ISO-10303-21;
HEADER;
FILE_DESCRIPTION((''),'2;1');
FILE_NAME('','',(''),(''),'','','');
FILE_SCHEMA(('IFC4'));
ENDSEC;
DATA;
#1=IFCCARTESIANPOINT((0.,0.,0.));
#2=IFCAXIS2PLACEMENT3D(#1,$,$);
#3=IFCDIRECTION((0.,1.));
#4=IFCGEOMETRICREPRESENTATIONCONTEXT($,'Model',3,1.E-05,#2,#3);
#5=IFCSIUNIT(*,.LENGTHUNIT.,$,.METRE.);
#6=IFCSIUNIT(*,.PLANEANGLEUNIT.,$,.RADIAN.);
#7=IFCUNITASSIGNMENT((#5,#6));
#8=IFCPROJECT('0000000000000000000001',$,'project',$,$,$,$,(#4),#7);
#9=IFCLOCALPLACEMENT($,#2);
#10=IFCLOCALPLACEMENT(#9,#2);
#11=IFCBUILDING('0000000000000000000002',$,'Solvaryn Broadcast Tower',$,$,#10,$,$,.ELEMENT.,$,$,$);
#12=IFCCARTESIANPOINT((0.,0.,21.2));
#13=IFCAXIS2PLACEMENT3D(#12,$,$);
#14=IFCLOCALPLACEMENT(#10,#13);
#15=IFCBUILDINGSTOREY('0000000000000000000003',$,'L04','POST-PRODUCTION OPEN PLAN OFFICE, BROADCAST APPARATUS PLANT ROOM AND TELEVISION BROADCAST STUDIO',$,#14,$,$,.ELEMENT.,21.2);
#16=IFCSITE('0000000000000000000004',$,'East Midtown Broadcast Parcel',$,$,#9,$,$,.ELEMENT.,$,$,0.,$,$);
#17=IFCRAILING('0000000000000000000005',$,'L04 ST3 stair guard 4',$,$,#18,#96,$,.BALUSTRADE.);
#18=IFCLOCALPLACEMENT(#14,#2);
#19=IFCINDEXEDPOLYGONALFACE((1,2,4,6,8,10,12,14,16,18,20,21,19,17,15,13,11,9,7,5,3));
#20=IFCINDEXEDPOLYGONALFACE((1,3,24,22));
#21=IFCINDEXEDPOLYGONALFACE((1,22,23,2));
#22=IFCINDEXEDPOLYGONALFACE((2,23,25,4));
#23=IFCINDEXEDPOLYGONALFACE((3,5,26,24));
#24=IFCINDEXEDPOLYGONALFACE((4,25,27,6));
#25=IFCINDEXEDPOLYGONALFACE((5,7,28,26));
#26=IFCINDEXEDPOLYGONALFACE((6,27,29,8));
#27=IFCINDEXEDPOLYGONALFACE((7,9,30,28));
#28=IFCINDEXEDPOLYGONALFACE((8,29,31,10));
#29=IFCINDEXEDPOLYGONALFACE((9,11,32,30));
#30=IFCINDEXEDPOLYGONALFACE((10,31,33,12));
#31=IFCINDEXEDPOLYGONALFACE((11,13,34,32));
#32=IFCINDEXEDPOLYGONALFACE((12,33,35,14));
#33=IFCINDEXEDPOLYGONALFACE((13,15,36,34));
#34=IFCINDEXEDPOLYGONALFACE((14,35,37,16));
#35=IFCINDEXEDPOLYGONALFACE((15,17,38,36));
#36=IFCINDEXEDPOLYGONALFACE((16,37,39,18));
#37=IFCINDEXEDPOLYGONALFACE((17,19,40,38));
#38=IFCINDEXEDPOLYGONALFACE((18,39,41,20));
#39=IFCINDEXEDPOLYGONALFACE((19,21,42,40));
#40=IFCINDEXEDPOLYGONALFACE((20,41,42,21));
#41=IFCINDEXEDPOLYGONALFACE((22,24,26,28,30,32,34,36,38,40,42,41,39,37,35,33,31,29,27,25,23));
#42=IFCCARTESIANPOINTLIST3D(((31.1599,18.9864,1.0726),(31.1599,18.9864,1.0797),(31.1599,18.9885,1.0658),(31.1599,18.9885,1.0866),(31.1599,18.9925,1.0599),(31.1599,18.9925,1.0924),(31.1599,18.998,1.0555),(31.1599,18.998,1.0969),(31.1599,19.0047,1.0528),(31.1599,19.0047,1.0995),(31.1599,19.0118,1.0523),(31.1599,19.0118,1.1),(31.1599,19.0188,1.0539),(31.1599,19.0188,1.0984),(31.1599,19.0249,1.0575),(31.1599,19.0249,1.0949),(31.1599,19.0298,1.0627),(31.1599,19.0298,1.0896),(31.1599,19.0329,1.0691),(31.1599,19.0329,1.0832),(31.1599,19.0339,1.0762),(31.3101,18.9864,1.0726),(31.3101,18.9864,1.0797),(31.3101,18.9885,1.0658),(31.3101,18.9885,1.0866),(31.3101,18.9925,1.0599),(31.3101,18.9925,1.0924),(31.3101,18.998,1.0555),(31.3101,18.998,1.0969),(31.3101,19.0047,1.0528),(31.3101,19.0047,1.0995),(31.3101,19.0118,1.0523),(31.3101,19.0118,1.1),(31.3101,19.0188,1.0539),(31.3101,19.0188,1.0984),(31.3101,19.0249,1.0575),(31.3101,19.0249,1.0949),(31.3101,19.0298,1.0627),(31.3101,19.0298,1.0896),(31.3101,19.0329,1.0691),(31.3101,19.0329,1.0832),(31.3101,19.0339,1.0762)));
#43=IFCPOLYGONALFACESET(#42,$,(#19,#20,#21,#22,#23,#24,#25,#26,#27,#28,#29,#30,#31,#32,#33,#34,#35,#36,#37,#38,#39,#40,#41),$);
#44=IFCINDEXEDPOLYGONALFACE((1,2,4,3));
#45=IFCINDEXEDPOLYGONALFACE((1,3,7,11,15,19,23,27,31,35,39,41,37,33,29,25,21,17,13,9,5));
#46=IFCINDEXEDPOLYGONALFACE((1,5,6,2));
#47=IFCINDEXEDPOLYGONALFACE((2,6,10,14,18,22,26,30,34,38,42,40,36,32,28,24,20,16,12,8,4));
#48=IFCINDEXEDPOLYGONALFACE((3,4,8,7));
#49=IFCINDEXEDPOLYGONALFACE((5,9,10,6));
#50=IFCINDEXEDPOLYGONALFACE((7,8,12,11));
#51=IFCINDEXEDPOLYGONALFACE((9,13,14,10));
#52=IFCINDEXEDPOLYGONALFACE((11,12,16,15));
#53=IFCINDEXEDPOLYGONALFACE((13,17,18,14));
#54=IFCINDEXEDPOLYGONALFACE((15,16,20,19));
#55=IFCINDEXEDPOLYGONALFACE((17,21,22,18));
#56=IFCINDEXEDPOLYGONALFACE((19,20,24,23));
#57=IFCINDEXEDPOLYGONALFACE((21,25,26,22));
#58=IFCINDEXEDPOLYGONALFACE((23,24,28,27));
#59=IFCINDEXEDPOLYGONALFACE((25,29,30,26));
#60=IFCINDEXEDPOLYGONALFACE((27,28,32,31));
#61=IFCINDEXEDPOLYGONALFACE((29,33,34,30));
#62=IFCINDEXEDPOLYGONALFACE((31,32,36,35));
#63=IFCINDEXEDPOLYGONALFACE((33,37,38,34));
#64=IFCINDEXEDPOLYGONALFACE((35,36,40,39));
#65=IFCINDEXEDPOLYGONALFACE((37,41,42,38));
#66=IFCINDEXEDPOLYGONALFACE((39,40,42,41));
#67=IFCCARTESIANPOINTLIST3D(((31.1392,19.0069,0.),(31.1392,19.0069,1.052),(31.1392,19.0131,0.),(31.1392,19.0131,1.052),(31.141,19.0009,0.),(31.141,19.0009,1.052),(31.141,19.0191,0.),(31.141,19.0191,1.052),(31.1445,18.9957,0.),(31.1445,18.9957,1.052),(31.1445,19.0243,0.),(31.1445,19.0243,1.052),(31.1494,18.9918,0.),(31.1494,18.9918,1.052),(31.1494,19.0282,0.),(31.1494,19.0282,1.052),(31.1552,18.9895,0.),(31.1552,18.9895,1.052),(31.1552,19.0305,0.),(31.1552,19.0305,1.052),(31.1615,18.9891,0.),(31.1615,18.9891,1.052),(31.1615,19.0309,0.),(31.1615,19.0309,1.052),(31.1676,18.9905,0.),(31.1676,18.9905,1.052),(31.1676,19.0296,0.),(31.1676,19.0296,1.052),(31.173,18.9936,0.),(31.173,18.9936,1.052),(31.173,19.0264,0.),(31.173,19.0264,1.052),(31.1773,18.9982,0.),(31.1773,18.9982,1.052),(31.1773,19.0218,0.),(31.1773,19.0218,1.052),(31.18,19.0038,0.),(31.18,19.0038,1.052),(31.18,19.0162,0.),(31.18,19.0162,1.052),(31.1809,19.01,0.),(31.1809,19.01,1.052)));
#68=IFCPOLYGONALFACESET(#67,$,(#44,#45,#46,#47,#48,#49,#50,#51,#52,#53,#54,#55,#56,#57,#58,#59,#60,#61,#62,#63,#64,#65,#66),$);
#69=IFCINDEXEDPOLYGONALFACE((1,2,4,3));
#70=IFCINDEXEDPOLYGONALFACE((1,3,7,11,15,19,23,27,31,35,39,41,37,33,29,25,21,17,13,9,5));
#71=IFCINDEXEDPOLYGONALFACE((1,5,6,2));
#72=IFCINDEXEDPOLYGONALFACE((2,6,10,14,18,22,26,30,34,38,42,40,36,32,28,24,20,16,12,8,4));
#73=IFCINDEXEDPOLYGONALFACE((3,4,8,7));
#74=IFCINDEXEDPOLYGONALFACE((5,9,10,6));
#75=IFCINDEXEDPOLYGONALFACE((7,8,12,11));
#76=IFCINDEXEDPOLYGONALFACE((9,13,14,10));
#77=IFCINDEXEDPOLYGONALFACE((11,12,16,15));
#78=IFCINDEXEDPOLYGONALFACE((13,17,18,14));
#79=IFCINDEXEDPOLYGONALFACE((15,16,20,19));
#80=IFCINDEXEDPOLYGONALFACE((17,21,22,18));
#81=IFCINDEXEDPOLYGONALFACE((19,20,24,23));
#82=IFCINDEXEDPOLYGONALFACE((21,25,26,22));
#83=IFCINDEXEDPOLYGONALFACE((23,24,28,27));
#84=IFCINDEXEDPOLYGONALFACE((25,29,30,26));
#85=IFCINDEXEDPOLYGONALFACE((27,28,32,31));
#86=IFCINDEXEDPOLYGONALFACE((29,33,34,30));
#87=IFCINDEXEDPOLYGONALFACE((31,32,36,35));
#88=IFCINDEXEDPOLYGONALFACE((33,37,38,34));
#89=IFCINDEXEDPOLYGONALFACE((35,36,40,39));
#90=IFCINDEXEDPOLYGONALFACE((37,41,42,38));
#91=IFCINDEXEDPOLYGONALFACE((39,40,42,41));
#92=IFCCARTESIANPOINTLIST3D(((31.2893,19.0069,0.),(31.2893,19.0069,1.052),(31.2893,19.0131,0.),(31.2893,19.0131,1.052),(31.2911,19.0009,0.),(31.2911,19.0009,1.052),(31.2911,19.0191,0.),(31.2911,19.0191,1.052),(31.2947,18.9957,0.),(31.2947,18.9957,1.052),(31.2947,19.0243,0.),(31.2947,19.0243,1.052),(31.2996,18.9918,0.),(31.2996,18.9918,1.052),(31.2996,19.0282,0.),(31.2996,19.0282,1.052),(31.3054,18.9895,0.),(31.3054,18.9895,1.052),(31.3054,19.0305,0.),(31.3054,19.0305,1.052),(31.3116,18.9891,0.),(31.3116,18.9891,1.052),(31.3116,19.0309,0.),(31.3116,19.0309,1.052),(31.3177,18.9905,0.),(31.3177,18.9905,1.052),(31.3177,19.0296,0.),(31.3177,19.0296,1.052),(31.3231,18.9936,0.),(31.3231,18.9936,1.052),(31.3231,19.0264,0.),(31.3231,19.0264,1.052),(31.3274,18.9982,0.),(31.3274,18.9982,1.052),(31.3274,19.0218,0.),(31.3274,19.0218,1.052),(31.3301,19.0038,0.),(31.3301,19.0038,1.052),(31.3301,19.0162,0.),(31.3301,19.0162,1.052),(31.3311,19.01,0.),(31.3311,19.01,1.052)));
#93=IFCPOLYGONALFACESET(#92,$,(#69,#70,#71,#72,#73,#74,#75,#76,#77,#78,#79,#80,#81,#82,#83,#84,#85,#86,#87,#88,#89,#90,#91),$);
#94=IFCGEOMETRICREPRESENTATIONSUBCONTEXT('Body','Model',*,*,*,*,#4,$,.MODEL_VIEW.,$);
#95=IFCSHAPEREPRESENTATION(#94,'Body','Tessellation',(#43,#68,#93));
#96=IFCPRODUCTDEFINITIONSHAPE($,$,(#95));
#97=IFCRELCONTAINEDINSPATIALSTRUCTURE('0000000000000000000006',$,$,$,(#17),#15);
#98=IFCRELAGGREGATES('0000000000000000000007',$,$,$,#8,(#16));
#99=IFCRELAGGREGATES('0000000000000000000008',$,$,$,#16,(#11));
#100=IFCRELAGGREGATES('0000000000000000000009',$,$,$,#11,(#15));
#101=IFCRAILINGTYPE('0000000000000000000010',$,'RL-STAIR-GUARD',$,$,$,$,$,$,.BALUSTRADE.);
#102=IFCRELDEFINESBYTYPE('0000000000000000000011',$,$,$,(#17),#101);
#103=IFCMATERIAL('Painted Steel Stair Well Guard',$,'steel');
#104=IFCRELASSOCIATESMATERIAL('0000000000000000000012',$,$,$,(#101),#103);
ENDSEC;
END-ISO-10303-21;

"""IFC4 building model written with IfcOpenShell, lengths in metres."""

from ifc_helpers import new_model, si_unit, direction, frame, origin, origin_2d, place, context, subcontext, project, spatial, circle, extrude, material, type_object, element, save


model = new_model("IFC4")

# Units and contexts
model_context = context("Model", 3, precision=1e-05, world=origin(), true_north=direction((0.0, 1.0)))
body_context = subcontext(model_context, "Body", "Model", "MODEL_VIEW")
ifc_project = project(units=[si_unit("LENGTHUNIT", "METRE"), si_unit("PLANEANGLEUNIT", "RADIAN")], contexts=[model_context])

# Site, building, storey
site_placement = place(None, origin())
site = spatial("IfcSite", under=ifc_project, at=site_placement, Name="East Midtown Broadcast Parcel", CompositionType="ELEMENT", RefElevation=0.0)
building_placement = place(site_placement, origin())
building = spatial("IfcBuilding", under=site, at=building_placement, Name="Solvaryn Broadcast Tower", CompositionType="ELEMENT")
storey_placement = place(building_placement, frame((0.0, 0.0, 21.2)))
storey = spatial("IfcBuildingStorey", under=building, at=storey_placement, Name="L04", Description="POST-PRODUCTION OPEN PLAN OFFICE, BROADCAST APPARATUS PLANT ROOM AND TELEVISION BROADCAST STUDIO", CompositionType="ELEMENT", Elevation=21.2)

# Railing
ifc_material_1 = material(Name="Painted Steel Stair Well Guard", Category="steel")
railing_type_1 = type_object("IfcRailingType", Name="RL-STAIR-GUARD", PredefinedType="BALUSTRADE", material=ifc_material_1)
railing_1_placement = place(storey_placement, frame((31.1599, 19.01, 0.0)))
element("IfcRailing", 1, at=railing_1_placement, inside=storey, type_object=railing_type_1, Name="L04 ST3 stair guard 4", PredefinedType="BALUSTRADE", context=body_context, shape_type="SweptSolid", body=[
    extrude(circle(Radius=0.0239, at=origin_2d()), frame((0.0, 0.0, 1.0762), z_axis=(1.0, 0.0, 0.0), x_axis=(0.0, 1.0, 0.0)), (0.0, 0.0, 1.0), 0.1501),
    extrude(circle(Radius=0.021, at=origin_2d()), origin(), (0.0, 0.0, 1.0), 1.052),
    extrude(circle(Radius=0.021, at=origin_2d()), frame((0.1501, 0.0, 0.0)), (0.0, 0.0, 1.0), 1.052),
])

save(model, "model.ifc")
